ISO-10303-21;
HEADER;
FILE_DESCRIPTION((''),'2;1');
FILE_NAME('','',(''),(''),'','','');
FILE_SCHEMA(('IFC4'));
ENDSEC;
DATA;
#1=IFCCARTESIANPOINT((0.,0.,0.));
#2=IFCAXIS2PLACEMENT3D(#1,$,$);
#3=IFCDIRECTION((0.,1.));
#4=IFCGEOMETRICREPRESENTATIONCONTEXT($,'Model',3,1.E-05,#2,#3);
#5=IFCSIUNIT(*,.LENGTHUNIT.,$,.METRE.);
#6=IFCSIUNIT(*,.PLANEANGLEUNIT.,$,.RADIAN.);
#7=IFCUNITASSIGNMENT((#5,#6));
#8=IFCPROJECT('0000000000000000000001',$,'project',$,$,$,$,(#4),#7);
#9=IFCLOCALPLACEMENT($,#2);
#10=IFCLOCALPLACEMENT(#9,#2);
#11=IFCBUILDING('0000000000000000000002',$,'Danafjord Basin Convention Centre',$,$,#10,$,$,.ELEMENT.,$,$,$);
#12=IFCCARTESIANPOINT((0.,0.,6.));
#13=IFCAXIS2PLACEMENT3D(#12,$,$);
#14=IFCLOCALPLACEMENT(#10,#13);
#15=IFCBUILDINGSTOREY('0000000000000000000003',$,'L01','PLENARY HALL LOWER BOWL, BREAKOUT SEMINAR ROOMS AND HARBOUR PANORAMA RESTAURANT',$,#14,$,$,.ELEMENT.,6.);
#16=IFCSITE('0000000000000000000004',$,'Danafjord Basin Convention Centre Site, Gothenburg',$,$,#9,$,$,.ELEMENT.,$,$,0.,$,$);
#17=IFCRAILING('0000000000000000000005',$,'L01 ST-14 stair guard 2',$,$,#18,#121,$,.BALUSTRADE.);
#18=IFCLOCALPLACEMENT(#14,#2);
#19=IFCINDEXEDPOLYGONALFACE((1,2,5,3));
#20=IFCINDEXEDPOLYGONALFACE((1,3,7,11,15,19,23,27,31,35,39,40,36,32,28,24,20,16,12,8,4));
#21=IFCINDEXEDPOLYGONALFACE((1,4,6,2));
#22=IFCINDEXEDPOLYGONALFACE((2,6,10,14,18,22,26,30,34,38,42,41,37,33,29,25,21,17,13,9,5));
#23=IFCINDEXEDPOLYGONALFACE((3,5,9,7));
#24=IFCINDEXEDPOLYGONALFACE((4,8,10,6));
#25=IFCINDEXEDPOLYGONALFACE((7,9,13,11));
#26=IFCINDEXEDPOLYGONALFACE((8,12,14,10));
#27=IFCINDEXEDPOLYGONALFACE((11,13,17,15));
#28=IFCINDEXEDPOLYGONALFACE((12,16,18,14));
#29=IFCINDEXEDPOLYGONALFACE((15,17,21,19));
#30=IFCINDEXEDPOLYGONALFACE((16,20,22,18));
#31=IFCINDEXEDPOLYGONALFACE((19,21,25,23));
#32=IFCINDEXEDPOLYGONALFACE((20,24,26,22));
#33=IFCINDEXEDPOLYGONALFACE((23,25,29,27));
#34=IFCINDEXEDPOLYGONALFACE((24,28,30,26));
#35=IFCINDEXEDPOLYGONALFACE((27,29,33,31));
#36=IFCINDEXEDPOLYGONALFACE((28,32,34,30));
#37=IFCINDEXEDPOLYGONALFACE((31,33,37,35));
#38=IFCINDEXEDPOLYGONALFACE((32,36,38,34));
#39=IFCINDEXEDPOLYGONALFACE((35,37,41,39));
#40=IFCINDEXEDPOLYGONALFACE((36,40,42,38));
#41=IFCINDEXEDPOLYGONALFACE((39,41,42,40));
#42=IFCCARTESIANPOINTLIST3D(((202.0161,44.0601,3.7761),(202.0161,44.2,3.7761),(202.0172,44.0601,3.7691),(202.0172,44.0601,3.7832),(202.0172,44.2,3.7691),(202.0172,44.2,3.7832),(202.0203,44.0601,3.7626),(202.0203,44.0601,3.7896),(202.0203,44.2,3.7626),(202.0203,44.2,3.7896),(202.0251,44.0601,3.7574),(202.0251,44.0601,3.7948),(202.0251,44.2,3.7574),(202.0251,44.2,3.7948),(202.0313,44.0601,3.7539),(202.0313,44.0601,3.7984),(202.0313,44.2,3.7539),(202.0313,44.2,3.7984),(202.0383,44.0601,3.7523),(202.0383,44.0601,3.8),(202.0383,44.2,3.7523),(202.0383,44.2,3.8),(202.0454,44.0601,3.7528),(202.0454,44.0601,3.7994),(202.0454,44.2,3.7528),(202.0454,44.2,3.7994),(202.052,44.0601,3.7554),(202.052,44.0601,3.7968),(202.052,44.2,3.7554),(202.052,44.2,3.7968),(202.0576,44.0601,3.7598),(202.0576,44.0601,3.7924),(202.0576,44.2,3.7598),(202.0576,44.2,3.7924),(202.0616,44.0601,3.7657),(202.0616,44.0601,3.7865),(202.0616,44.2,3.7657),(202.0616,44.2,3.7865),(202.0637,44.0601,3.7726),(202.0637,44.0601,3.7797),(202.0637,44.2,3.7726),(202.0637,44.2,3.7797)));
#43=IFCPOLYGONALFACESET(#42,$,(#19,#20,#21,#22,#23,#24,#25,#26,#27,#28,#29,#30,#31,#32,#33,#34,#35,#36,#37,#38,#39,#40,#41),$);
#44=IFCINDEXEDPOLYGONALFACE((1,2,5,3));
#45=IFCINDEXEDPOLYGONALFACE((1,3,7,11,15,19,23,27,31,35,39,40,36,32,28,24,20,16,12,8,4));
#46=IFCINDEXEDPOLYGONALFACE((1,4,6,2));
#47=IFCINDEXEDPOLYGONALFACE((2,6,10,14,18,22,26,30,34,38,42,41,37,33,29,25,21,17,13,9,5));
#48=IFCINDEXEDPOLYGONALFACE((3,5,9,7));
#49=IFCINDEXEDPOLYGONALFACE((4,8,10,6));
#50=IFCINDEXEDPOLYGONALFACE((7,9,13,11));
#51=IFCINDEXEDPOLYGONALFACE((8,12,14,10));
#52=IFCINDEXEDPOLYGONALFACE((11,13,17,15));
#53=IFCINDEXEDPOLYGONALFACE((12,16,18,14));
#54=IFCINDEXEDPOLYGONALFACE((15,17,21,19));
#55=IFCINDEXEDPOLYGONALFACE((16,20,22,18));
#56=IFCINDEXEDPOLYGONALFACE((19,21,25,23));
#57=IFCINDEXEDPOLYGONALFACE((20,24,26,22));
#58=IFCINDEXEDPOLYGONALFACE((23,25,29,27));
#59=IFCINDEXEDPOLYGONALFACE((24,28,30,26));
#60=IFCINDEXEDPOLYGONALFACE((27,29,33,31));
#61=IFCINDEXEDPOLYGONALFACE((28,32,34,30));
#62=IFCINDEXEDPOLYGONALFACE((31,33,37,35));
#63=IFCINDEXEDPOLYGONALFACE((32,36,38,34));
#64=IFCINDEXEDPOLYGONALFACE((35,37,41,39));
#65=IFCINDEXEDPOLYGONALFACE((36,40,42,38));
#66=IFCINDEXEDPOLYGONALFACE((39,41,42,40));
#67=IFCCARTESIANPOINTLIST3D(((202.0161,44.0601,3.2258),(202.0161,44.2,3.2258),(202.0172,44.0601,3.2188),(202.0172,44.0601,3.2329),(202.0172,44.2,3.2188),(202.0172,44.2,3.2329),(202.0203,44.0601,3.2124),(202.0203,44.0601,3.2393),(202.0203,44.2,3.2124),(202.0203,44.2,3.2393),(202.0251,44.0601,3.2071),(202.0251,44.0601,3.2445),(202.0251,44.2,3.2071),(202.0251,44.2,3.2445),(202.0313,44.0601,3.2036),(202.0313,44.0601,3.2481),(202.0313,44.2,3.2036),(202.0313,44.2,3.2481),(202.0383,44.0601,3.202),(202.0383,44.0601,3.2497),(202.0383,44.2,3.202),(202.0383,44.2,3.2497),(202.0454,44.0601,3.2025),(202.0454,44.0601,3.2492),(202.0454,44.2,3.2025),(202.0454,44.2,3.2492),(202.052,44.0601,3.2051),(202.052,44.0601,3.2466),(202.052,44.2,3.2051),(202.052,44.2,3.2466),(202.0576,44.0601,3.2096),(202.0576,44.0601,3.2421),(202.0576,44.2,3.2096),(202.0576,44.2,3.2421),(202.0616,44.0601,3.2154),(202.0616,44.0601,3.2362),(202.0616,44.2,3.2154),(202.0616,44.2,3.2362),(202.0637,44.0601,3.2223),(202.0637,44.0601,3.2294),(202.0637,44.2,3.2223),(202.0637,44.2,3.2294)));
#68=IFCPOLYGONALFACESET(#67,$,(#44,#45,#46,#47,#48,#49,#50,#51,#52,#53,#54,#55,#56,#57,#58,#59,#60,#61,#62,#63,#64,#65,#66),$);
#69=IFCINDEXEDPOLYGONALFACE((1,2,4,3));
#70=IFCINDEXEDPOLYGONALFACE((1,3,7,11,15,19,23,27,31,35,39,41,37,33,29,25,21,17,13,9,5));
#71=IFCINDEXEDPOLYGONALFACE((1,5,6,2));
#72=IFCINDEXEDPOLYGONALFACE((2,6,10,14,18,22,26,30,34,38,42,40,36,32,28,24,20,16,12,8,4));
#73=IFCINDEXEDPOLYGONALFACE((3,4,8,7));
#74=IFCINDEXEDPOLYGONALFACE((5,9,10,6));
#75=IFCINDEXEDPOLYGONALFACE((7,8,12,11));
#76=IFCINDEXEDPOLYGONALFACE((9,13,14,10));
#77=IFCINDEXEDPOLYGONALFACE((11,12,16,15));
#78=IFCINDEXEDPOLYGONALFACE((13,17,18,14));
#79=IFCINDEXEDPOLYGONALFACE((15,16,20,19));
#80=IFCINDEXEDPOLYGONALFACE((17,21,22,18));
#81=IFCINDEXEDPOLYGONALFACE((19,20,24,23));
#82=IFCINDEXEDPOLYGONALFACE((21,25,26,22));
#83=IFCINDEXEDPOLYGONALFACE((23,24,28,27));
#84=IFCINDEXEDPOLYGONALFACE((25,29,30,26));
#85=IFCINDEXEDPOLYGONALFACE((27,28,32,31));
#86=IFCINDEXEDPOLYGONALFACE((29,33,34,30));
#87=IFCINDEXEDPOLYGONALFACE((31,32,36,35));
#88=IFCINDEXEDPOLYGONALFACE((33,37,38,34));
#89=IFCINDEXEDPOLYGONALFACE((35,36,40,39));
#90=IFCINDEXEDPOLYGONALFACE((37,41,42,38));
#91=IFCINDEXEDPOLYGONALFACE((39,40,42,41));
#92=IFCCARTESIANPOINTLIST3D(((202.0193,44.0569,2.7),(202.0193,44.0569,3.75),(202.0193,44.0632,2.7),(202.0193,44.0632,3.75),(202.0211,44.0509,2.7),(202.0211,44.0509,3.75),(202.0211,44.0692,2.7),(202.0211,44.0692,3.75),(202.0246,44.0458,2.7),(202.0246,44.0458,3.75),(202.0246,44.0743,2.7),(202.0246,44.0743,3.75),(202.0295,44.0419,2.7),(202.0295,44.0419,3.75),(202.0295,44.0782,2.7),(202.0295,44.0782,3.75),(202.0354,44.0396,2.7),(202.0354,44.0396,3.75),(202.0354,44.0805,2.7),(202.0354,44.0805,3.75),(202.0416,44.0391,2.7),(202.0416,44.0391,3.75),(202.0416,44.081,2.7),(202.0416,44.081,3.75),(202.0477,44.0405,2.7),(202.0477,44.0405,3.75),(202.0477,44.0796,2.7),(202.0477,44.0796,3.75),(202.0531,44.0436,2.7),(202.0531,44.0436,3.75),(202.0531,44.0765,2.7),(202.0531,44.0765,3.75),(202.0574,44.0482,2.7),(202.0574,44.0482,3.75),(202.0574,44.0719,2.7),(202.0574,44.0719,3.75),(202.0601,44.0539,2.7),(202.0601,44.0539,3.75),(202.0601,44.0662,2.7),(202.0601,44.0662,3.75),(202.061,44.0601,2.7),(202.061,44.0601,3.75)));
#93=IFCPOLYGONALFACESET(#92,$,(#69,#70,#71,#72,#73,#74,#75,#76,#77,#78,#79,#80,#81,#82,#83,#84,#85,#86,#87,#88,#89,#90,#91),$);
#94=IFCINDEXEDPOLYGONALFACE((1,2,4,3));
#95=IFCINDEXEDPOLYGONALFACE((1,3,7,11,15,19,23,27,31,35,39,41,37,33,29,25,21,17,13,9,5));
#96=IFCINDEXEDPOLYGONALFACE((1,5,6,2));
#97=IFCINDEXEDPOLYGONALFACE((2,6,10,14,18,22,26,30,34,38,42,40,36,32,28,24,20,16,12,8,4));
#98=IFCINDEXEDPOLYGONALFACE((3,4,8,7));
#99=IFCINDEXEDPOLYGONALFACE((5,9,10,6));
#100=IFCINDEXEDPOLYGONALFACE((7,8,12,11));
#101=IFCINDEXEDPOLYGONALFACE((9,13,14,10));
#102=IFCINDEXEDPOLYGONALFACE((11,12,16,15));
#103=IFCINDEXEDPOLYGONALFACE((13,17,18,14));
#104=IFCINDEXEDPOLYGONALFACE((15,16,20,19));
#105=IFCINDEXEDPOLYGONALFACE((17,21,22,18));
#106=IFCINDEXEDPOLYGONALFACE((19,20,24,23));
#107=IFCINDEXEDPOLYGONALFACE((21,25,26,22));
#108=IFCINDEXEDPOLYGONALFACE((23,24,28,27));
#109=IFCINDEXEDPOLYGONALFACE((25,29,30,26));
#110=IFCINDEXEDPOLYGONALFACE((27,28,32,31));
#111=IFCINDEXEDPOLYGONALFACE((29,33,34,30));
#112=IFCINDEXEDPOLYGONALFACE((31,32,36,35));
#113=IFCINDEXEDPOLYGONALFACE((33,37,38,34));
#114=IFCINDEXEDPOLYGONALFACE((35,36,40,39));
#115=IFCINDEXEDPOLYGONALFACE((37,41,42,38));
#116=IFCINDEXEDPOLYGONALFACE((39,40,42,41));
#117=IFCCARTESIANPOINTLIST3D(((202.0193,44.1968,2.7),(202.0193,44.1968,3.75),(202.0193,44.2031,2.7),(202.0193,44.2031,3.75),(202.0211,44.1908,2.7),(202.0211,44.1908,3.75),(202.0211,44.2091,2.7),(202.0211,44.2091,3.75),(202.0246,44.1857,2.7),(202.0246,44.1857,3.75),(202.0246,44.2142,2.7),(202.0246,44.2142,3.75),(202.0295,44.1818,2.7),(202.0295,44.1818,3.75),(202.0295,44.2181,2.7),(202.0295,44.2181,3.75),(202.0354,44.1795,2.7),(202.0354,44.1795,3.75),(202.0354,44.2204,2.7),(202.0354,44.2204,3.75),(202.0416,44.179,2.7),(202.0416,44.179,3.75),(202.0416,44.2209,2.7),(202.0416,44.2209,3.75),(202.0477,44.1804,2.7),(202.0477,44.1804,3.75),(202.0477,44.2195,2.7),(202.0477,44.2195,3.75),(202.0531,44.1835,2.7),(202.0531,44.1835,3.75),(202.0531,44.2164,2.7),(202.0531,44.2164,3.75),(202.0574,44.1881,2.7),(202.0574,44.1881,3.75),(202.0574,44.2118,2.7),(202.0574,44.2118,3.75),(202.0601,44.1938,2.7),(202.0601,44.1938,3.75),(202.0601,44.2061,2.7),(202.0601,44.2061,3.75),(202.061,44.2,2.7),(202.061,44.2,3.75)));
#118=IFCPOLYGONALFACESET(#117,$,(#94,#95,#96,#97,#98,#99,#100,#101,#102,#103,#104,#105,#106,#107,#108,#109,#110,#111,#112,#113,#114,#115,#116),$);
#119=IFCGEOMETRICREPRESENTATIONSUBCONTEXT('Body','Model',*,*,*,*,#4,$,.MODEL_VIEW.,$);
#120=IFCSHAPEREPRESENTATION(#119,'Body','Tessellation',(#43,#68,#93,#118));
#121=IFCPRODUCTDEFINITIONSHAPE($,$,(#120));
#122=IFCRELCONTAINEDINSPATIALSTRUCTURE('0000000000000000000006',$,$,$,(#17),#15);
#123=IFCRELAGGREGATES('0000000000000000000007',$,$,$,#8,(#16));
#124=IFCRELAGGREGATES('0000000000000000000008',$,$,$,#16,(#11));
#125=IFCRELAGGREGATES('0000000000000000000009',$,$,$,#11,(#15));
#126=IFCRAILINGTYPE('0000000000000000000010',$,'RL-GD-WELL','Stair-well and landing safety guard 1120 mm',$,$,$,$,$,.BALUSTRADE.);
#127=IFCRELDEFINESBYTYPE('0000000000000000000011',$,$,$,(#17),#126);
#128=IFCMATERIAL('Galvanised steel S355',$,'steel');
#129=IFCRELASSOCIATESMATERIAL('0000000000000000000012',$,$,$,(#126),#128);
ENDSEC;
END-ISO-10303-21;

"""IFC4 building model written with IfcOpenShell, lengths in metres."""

from ifc_helpers import new_model, si_unit, direction, frame, origin, origin_2d, place, context, subcontext, project, spatial, circle, extrude, material, type_object, element, save


model = new_model("IFC4")

# Units and contexts
model_context = context("Model", 3, precision=1e-05, world=origin(), true_north=direction((0.0, 1.0)))
body_context = subcontext(model_context, "Body", "Model", "MODEL_VIEW")
ifc_project = project(units=[si_unit("LENGTHUNIT", "METRE"), si_unit("PLANEANGLEUNIT", "RADIAN")], contexts=[model_context])

# Site, building, storey
site_placement = place(None, origin())
site = spatial("IfcSite", under=ifc_project, at=site_placement, Name="Danafjord Basin Convention Centre Site, Gothenburg", CompositionType="ELEMENT", RefElevation=0.0)
building_placement = place(site_placement, origin())
building = spatial("IfcBuilding", under=site, at=building_placement, Name="Danafjord Basin Convention Centre", CompositionType="ELEMENT")
storey_placement = place(building_placement, frame((0.0, 0.0, 6.0)))
storey = spatial("IfcBuildingStorey", under=building, at=storey_placement, Name="L01", Description="PLENARY HALL LOWER BOWL, BREAKOUT SEMINAR ROOMS AND HARBOUR PANORAMA RESTAURANT", CompositionType="ELEMENT", Elevation=6.0)

# Railing
ifc_material_1 = material(Name="Galvanised steel S355", Category="steel")
railing_type_1 = type_object("IfcRailingType", Name="RL-GD-WELL", Description="Stair-well and landing safety guard 1120 mm", PredefinedType="BALUSTRADE", material=ifc_material_1)
railing_1_placement = place(storey_placement, frame((202.04, 44.0601, 2.7)))
element("IfcRailing", 1, at=railing_1_placement, inside=storey, type_object=railing_type_1, Name="L01 ST-14 stair guard 2", PredefinedType="BALUSTRADE", context=body_context, shape_type="SweptSolid", body=[
    extrude(circle(Radius=0.0239, at=origin_2d()), frame((0.0, 0.0, 1.0762), z_axis=(0.0, 1.0, 0.0), x_axis=(-1.0, 0.0, 0.0)), (0.0, 0.0, 1.0), 0.1399),
    extrude(circle(Radius=0.0239, at=origin_2d()), frame((0.0, 0.0, 0.5259), z_axis=(0.0, 1.0, 0.0), x_axis=(-1.0, 0.0, 0.0)), (0.0, 0.0, 1.0), 0.1399),
    extrude(circle(Radius=0.021, at=origin_2d()), origin(), (0.0, 0.0, 1.0), 1.05),
    extrude(circle(Radius=0.021, at=origin_2d()), frame((0.0, 0.1399, 0.0)), (0.0, 0.0, 1.0), 1.05),
])

save(model, "model.ifc")
